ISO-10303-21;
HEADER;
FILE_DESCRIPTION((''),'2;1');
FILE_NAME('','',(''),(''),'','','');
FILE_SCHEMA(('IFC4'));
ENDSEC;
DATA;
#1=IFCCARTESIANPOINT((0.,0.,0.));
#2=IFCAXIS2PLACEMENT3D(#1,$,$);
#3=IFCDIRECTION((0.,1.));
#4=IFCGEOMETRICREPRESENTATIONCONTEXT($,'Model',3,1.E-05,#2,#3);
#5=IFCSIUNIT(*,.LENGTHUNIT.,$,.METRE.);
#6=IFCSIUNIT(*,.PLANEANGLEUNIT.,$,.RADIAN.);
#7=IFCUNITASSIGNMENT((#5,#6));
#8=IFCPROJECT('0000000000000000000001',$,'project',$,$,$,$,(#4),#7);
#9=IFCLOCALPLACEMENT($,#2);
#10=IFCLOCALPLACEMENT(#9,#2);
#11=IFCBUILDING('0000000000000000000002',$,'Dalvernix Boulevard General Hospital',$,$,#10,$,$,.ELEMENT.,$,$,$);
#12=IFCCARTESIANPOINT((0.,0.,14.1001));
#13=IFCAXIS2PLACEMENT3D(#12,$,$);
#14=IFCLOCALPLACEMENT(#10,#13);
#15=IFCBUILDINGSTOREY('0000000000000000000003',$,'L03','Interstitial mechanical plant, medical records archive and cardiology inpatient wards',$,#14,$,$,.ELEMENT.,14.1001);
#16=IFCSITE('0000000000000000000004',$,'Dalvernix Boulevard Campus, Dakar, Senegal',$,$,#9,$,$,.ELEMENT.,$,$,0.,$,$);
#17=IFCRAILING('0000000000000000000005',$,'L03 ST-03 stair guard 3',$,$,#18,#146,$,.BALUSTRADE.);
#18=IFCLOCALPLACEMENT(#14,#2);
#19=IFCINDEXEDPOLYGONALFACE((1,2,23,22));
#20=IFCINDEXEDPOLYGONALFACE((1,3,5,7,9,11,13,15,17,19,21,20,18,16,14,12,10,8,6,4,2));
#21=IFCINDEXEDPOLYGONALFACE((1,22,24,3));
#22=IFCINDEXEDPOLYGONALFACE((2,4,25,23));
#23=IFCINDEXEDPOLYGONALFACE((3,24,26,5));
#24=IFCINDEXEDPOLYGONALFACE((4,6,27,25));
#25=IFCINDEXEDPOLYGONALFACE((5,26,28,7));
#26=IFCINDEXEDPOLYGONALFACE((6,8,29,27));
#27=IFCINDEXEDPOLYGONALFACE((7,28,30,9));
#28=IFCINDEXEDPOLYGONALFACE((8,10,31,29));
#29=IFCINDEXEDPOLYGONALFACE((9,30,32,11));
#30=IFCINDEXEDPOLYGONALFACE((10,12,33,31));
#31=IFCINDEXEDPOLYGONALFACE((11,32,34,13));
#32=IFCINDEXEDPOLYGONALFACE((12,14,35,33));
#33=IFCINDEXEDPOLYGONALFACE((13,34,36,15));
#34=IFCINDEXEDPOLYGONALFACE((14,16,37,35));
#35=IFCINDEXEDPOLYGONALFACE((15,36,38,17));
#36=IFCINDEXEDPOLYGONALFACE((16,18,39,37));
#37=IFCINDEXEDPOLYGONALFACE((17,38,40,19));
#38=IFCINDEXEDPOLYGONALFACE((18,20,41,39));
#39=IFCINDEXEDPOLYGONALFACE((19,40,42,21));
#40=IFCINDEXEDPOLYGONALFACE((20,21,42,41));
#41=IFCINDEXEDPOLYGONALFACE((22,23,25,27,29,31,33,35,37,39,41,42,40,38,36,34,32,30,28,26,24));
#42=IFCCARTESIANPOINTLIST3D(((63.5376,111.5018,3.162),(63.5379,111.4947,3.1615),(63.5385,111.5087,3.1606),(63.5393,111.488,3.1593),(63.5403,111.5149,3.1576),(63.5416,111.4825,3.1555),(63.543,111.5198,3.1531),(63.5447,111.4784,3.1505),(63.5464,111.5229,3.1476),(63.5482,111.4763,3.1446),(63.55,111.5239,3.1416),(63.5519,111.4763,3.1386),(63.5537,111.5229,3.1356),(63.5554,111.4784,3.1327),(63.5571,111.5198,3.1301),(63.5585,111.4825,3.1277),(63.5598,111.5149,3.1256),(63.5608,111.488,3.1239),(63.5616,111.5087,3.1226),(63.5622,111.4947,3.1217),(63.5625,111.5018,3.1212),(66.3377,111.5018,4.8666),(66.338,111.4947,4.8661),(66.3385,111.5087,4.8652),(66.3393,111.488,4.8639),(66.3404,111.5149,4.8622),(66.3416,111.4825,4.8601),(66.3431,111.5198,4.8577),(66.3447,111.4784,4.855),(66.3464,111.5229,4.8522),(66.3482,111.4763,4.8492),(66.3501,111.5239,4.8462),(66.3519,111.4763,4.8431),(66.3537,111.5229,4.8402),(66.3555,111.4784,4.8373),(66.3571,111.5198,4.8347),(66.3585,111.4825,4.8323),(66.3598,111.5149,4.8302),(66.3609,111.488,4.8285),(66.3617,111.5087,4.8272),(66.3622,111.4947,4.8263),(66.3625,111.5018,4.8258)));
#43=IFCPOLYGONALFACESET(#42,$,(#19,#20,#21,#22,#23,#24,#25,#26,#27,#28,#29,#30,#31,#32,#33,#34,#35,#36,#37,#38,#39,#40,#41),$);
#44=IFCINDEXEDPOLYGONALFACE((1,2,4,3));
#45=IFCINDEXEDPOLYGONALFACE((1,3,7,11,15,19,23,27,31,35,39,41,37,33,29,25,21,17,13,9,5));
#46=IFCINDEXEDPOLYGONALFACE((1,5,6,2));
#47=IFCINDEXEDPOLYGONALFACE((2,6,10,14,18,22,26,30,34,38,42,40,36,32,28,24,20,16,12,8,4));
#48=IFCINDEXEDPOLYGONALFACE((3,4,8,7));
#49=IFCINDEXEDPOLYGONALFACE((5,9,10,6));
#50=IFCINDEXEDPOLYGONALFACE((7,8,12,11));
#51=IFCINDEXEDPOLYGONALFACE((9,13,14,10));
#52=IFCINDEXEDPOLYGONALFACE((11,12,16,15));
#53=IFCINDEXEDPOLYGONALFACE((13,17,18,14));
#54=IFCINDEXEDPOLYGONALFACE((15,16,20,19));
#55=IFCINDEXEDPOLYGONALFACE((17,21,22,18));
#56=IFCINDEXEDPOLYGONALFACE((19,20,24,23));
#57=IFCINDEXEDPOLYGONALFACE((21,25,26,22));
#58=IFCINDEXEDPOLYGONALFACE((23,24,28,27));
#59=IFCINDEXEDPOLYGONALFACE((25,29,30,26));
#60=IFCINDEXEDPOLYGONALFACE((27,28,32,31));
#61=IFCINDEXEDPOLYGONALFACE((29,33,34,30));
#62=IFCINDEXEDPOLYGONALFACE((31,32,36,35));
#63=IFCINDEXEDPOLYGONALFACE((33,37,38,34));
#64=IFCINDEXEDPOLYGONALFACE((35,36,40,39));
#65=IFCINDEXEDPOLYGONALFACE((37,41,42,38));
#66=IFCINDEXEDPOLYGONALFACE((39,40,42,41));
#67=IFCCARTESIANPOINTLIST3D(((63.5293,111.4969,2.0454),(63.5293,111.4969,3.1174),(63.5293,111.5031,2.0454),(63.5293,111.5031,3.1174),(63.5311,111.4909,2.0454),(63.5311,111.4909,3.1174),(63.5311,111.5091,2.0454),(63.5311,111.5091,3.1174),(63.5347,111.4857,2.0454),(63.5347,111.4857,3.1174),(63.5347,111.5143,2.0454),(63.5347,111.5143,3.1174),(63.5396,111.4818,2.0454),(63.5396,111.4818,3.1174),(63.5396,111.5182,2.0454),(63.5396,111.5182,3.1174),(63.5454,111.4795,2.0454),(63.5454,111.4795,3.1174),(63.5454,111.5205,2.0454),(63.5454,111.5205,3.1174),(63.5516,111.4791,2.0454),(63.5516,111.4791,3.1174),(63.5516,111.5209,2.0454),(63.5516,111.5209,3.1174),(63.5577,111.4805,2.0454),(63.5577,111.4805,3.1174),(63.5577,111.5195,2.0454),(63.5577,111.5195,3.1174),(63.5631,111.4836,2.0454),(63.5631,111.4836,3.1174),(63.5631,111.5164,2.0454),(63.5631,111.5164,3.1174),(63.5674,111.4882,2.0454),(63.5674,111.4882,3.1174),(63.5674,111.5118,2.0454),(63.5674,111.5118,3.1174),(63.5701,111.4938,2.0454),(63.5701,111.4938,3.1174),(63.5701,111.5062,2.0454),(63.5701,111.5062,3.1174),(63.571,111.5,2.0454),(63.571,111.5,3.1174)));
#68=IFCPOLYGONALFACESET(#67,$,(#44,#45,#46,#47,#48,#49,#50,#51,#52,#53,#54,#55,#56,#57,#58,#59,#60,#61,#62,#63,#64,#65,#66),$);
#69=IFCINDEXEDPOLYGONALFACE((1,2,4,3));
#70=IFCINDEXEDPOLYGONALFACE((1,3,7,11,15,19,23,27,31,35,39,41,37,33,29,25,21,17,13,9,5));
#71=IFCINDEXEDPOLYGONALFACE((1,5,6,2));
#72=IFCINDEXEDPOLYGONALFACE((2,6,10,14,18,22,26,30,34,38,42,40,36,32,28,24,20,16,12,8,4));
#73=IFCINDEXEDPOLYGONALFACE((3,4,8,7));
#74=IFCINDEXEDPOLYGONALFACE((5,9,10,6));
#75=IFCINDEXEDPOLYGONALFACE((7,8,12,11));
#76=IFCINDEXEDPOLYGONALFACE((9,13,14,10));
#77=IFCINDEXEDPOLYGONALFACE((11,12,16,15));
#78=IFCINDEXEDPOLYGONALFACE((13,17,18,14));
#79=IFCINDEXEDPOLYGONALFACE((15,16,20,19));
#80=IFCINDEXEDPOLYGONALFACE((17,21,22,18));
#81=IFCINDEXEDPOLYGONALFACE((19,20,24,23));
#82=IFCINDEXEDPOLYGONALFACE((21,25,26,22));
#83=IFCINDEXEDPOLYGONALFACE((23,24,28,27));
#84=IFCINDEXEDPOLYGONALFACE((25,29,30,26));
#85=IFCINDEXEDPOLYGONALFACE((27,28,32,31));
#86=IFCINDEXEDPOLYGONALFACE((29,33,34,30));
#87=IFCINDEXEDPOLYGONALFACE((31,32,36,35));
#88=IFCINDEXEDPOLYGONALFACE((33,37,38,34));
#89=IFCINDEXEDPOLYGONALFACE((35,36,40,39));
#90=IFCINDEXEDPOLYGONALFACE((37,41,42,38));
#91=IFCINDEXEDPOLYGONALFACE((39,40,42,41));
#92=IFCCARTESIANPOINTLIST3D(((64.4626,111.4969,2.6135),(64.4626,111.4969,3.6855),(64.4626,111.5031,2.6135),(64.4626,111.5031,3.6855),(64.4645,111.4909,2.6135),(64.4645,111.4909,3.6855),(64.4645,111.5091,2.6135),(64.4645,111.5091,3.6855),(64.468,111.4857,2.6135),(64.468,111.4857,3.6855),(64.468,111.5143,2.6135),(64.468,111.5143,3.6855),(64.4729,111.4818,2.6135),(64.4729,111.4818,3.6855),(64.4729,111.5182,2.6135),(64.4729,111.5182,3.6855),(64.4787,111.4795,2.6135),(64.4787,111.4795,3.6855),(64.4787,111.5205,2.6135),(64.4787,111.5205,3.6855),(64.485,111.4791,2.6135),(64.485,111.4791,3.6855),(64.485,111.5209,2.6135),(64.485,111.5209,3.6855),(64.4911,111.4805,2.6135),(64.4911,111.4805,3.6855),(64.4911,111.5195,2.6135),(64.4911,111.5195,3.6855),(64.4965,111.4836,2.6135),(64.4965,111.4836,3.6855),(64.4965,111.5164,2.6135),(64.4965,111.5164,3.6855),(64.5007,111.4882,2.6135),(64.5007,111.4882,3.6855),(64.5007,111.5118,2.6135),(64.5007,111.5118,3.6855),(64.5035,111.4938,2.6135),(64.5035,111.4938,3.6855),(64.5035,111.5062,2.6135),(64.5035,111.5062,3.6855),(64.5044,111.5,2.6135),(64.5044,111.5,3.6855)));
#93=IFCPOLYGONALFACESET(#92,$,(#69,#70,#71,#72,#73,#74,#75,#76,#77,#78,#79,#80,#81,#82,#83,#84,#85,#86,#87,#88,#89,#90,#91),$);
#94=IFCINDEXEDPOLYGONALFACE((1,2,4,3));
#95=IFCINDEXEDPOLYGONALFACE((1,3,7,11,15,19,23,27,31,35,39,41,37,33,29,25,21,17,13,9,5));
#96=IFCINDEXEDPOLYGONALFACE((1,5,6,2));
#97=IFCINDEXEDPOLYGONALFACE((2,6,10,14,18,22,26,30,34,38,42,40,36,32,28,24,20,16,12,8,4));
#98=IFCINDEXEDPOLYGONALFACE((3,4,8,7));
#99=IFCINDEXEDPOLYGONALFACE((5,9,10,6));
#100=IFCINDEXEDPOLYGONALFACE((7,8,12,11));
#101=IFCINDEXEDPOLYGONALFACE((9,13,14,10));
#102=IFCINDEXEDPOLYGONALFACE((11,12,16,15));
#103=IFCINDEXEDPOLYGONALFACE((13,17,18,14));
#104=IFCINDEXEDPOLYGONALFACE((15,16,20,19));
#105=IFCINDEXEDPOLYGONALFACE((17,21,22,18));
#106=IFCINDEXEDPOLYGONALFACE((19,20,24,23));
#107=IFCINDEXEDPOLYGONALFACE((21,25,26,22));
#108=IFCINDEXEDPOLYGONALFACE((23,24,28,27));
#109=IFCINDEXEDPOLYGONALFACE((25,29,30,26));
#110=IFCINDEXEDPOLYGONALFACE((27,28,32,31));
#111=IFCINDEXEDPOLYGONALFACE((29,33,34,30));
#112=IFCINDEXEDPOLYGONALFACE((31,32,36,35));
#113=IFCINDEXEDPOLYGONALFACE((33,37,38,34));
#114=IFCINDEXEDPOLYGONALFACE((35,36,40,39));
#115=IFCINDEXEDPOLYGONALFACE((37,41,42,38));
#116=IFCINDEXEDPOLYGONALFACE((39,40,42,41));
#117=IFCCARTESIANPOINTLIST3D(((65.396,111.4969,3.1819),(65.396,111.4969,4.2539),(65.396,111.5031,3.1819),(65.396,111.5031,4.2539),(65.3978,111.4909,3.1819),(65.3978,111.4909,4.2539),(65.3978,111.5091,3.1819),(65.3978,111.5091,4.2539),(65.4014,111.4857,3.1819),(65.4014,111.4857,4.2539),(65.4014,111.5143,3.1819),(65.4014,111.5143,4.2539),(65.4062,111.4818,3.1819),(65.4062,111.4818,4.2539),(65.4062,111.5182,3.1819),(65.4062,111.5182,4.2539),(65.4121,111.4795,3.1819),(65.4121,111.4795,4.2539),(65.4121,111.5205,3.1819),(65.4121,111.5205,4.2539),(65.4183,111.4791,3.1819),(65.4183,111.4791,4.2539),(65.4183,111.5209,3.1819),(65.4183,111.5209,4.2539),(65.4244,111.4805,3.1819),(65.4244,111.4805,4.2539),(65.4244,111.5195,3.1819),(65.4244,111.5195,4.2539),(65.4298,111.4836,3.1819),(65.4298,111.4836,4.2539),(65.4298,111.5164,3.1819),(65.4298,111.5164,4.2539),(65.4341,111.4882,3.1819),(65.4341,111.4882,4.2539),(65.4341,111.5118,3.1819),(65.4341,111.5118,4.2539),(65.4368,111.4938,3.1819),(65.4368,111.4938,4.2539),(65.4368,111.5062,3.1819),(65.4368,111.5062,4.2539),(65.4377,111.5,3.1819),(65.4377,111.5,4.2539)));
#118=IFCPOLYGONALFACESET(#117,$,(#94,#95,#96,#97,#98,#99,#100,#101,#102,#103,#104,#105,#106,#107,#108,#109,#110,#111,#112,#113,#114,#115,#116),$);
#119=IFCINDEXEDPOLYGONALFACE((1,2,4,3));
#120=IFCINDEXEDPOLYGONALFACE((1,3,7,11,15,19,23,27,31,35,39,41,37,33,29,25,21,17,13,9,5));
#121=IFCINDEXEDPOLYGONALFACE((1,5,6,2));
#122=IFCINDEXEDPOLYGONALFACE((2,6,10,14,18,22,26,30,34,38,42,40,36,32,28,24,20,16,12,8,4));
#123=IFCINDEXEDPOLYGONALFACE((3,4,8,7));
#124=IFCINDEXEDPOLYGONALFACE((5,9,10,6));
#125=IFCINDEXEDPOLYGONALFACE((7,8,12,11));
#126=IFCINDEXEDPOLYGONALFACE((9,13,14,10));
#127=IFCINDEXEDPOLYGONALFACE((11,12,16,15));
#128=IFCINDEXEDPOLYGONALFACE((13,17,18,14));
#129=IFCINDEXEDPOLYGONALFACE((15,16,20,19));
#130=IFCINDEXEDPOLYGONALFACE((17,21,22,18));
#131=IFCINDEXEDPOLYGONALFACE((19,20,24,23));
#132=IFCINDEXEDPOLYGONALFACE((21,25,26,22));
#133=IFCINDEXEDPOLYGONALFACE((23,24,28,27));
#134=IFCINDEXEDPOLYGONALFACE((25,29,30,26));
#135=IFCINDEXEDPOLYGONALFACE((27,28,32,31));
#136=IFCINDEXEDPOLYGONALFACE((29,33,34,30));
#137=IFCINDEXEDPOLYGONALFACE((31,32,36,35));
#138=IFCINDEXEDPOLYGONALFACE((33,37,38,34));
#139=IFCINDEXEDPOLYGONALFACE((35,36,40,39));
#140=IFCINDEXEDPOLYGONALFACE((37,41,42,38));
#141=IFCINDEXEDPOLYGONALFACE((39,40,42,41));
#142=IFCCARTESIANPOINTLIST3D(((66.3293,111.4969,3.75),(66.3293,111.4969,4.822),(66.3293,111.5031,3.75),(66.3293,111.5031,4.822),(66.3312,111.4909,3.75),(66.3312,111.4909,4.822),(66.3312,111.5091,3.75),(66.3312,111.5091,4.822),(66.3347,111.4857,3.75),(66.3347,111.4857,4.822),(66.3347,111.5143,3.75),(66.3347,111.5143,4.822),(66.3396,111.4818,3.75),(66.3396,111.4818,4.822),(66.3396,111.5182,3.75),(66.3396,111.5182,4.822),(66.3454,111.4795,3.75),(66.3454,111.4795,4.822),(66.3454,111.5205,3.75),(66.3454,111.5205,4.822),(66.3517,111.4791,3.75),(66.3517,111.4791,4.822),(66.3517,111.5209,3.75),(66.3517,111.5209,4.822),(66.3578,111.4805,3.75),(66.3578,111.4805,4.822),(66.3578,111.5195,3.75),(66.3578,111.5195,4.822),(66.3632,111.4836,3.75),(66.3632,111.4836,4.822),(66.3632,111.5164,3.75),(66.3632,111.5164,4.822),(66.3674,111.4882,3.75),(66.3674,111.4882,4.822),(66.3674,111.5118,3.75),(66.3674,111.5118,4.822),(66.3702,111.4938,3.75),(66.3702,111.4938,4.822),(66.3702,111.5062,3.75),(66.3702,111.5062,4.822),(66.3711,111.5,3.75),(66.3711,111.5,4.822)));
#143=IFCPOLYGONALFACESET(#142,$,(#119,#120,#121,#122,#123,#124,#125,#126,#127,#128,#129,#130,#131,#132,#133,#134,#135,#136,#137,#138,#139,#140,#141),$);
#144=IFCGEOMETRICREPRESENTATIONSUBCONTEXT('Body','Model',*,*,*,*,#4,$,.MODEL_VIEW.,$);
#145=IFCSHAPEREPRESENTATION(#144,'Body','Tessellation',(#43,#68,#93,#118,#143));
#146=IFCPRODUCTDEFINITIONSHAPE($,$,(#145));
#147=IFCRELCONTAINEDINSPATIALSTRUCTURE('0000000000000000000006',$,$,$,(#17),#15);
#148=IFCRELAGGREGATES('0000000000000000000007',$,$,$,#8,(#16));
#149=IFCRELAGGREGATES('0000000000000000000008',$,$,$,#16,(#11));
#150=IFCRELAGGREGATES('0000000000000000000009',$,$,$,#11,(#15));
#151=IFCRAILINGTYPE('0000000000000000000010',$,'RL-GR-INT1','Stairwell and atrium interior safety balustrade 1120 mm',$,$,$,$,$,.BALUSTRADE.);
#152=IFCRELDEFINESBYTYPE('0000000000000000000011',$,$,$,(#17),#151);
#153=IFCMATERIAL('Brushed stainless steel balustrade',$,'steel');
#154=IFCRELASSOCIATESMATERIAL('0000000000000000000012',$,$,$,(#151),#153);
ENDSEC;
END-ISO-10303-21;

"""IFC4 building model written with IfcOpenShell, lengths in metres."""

from ifc_helpers import new_model, si_unit, direction, frame, origin, origin_2d, place, context, subcontext, project, spatial, circle, extrude, material, type_object, element, save


model = new_model("IFC4")

# Units and contexts
model_context = context("Model", 3, precision=1e-05, world=origin(), true_north=direction((0.0, 1.0)))
body_context = subcontext(model_context, "Body", "Model", "MODEL_VIEW")
ifc_project = project(units=[si_unit("LENGTHUNIT", "METRE"), si_unit("PLANEANGLEUNIT", "RADIAN")], contexts=[model_context])

# Site, building, storey
site_placement = place(None, origin())
site = spatial("IfcSite", under=ifc_project, at=site_placement, Name="Dalvernix Boulevard Campus, Dakar, Senegal", CompositionType="ELEMENT", RefElevation=0.0)
building_placement = place(site_placement, origin())
building = spatial("IfcBuilding", under=site, at=building_placement, Name="Dalvernix Boulevard General Hospital", CompositionType="ELEMENT")
storey_placement = place(building_placement, frame((0.0, 0.0, 14.1001)))
storey = spatial("IfcBuildingStorey", under=building, at=storey_placement, Name="L03", Description="Interstitial mechanical plant, medical records archive and cardiology inpatient wards", CompositionType="ELEMENT", Elevation=14.1001)

# Railing
ifc_material_1 = material(Name="Brushed stainless steel balustrade", Category="steel")
railing_type_1 = type_object("IfcRailingType", Name="RL-GR-INT1", Description="Stairwell and atrium interior safety balustrade 1120 mm", PredefinedType="BALUSTRADE", material=ifc_material_1)
railing_1_placement = place(storey_placement, frame((63.55, 111.5, 2.0454)))
element("IfcRailing", 1, at=railing_1_placement, inside=storey, type_object=railing_type_1, Name="L03 ST-03 stair guard 3", PredefinedType="BALUSTRADE", context=body_context, shape_type="SweptSolid", body=[
    extrude(circle(Radius=0.0239, at=origin_2d()), frame((0.0, 0.0, 1.0962), z_axis=(0.85417, 0.0, 0.519994), x_axis=(0.0, 1.0, 0.0)), (0.0, 0.0, 1.0), 3.2781),
    extrude(circle(Radius=0.021, at=origin_2d()), origin(), (0.0, 0.0, 1.0), 1.072),
    extrude(circle(Radius=0.021, at=origin_2d()), frame((0.9333, 0.0, 0.5681)), (0.0, 0.0, 1.0), 1.072),
    extrude(circle(Radius=0.021, at=origin_2d()), frame((1.8667, 0.0, 1.1365)), (0.0, 0.0, 1.0), 1.072),
    extrude(circle(Radius=0.021, at=origin_2d()), frame((2.8, 0.0, 1.7046)), (0.0, 0.0, 1.0), 1.072),
])

save(model, "model.ifc")
